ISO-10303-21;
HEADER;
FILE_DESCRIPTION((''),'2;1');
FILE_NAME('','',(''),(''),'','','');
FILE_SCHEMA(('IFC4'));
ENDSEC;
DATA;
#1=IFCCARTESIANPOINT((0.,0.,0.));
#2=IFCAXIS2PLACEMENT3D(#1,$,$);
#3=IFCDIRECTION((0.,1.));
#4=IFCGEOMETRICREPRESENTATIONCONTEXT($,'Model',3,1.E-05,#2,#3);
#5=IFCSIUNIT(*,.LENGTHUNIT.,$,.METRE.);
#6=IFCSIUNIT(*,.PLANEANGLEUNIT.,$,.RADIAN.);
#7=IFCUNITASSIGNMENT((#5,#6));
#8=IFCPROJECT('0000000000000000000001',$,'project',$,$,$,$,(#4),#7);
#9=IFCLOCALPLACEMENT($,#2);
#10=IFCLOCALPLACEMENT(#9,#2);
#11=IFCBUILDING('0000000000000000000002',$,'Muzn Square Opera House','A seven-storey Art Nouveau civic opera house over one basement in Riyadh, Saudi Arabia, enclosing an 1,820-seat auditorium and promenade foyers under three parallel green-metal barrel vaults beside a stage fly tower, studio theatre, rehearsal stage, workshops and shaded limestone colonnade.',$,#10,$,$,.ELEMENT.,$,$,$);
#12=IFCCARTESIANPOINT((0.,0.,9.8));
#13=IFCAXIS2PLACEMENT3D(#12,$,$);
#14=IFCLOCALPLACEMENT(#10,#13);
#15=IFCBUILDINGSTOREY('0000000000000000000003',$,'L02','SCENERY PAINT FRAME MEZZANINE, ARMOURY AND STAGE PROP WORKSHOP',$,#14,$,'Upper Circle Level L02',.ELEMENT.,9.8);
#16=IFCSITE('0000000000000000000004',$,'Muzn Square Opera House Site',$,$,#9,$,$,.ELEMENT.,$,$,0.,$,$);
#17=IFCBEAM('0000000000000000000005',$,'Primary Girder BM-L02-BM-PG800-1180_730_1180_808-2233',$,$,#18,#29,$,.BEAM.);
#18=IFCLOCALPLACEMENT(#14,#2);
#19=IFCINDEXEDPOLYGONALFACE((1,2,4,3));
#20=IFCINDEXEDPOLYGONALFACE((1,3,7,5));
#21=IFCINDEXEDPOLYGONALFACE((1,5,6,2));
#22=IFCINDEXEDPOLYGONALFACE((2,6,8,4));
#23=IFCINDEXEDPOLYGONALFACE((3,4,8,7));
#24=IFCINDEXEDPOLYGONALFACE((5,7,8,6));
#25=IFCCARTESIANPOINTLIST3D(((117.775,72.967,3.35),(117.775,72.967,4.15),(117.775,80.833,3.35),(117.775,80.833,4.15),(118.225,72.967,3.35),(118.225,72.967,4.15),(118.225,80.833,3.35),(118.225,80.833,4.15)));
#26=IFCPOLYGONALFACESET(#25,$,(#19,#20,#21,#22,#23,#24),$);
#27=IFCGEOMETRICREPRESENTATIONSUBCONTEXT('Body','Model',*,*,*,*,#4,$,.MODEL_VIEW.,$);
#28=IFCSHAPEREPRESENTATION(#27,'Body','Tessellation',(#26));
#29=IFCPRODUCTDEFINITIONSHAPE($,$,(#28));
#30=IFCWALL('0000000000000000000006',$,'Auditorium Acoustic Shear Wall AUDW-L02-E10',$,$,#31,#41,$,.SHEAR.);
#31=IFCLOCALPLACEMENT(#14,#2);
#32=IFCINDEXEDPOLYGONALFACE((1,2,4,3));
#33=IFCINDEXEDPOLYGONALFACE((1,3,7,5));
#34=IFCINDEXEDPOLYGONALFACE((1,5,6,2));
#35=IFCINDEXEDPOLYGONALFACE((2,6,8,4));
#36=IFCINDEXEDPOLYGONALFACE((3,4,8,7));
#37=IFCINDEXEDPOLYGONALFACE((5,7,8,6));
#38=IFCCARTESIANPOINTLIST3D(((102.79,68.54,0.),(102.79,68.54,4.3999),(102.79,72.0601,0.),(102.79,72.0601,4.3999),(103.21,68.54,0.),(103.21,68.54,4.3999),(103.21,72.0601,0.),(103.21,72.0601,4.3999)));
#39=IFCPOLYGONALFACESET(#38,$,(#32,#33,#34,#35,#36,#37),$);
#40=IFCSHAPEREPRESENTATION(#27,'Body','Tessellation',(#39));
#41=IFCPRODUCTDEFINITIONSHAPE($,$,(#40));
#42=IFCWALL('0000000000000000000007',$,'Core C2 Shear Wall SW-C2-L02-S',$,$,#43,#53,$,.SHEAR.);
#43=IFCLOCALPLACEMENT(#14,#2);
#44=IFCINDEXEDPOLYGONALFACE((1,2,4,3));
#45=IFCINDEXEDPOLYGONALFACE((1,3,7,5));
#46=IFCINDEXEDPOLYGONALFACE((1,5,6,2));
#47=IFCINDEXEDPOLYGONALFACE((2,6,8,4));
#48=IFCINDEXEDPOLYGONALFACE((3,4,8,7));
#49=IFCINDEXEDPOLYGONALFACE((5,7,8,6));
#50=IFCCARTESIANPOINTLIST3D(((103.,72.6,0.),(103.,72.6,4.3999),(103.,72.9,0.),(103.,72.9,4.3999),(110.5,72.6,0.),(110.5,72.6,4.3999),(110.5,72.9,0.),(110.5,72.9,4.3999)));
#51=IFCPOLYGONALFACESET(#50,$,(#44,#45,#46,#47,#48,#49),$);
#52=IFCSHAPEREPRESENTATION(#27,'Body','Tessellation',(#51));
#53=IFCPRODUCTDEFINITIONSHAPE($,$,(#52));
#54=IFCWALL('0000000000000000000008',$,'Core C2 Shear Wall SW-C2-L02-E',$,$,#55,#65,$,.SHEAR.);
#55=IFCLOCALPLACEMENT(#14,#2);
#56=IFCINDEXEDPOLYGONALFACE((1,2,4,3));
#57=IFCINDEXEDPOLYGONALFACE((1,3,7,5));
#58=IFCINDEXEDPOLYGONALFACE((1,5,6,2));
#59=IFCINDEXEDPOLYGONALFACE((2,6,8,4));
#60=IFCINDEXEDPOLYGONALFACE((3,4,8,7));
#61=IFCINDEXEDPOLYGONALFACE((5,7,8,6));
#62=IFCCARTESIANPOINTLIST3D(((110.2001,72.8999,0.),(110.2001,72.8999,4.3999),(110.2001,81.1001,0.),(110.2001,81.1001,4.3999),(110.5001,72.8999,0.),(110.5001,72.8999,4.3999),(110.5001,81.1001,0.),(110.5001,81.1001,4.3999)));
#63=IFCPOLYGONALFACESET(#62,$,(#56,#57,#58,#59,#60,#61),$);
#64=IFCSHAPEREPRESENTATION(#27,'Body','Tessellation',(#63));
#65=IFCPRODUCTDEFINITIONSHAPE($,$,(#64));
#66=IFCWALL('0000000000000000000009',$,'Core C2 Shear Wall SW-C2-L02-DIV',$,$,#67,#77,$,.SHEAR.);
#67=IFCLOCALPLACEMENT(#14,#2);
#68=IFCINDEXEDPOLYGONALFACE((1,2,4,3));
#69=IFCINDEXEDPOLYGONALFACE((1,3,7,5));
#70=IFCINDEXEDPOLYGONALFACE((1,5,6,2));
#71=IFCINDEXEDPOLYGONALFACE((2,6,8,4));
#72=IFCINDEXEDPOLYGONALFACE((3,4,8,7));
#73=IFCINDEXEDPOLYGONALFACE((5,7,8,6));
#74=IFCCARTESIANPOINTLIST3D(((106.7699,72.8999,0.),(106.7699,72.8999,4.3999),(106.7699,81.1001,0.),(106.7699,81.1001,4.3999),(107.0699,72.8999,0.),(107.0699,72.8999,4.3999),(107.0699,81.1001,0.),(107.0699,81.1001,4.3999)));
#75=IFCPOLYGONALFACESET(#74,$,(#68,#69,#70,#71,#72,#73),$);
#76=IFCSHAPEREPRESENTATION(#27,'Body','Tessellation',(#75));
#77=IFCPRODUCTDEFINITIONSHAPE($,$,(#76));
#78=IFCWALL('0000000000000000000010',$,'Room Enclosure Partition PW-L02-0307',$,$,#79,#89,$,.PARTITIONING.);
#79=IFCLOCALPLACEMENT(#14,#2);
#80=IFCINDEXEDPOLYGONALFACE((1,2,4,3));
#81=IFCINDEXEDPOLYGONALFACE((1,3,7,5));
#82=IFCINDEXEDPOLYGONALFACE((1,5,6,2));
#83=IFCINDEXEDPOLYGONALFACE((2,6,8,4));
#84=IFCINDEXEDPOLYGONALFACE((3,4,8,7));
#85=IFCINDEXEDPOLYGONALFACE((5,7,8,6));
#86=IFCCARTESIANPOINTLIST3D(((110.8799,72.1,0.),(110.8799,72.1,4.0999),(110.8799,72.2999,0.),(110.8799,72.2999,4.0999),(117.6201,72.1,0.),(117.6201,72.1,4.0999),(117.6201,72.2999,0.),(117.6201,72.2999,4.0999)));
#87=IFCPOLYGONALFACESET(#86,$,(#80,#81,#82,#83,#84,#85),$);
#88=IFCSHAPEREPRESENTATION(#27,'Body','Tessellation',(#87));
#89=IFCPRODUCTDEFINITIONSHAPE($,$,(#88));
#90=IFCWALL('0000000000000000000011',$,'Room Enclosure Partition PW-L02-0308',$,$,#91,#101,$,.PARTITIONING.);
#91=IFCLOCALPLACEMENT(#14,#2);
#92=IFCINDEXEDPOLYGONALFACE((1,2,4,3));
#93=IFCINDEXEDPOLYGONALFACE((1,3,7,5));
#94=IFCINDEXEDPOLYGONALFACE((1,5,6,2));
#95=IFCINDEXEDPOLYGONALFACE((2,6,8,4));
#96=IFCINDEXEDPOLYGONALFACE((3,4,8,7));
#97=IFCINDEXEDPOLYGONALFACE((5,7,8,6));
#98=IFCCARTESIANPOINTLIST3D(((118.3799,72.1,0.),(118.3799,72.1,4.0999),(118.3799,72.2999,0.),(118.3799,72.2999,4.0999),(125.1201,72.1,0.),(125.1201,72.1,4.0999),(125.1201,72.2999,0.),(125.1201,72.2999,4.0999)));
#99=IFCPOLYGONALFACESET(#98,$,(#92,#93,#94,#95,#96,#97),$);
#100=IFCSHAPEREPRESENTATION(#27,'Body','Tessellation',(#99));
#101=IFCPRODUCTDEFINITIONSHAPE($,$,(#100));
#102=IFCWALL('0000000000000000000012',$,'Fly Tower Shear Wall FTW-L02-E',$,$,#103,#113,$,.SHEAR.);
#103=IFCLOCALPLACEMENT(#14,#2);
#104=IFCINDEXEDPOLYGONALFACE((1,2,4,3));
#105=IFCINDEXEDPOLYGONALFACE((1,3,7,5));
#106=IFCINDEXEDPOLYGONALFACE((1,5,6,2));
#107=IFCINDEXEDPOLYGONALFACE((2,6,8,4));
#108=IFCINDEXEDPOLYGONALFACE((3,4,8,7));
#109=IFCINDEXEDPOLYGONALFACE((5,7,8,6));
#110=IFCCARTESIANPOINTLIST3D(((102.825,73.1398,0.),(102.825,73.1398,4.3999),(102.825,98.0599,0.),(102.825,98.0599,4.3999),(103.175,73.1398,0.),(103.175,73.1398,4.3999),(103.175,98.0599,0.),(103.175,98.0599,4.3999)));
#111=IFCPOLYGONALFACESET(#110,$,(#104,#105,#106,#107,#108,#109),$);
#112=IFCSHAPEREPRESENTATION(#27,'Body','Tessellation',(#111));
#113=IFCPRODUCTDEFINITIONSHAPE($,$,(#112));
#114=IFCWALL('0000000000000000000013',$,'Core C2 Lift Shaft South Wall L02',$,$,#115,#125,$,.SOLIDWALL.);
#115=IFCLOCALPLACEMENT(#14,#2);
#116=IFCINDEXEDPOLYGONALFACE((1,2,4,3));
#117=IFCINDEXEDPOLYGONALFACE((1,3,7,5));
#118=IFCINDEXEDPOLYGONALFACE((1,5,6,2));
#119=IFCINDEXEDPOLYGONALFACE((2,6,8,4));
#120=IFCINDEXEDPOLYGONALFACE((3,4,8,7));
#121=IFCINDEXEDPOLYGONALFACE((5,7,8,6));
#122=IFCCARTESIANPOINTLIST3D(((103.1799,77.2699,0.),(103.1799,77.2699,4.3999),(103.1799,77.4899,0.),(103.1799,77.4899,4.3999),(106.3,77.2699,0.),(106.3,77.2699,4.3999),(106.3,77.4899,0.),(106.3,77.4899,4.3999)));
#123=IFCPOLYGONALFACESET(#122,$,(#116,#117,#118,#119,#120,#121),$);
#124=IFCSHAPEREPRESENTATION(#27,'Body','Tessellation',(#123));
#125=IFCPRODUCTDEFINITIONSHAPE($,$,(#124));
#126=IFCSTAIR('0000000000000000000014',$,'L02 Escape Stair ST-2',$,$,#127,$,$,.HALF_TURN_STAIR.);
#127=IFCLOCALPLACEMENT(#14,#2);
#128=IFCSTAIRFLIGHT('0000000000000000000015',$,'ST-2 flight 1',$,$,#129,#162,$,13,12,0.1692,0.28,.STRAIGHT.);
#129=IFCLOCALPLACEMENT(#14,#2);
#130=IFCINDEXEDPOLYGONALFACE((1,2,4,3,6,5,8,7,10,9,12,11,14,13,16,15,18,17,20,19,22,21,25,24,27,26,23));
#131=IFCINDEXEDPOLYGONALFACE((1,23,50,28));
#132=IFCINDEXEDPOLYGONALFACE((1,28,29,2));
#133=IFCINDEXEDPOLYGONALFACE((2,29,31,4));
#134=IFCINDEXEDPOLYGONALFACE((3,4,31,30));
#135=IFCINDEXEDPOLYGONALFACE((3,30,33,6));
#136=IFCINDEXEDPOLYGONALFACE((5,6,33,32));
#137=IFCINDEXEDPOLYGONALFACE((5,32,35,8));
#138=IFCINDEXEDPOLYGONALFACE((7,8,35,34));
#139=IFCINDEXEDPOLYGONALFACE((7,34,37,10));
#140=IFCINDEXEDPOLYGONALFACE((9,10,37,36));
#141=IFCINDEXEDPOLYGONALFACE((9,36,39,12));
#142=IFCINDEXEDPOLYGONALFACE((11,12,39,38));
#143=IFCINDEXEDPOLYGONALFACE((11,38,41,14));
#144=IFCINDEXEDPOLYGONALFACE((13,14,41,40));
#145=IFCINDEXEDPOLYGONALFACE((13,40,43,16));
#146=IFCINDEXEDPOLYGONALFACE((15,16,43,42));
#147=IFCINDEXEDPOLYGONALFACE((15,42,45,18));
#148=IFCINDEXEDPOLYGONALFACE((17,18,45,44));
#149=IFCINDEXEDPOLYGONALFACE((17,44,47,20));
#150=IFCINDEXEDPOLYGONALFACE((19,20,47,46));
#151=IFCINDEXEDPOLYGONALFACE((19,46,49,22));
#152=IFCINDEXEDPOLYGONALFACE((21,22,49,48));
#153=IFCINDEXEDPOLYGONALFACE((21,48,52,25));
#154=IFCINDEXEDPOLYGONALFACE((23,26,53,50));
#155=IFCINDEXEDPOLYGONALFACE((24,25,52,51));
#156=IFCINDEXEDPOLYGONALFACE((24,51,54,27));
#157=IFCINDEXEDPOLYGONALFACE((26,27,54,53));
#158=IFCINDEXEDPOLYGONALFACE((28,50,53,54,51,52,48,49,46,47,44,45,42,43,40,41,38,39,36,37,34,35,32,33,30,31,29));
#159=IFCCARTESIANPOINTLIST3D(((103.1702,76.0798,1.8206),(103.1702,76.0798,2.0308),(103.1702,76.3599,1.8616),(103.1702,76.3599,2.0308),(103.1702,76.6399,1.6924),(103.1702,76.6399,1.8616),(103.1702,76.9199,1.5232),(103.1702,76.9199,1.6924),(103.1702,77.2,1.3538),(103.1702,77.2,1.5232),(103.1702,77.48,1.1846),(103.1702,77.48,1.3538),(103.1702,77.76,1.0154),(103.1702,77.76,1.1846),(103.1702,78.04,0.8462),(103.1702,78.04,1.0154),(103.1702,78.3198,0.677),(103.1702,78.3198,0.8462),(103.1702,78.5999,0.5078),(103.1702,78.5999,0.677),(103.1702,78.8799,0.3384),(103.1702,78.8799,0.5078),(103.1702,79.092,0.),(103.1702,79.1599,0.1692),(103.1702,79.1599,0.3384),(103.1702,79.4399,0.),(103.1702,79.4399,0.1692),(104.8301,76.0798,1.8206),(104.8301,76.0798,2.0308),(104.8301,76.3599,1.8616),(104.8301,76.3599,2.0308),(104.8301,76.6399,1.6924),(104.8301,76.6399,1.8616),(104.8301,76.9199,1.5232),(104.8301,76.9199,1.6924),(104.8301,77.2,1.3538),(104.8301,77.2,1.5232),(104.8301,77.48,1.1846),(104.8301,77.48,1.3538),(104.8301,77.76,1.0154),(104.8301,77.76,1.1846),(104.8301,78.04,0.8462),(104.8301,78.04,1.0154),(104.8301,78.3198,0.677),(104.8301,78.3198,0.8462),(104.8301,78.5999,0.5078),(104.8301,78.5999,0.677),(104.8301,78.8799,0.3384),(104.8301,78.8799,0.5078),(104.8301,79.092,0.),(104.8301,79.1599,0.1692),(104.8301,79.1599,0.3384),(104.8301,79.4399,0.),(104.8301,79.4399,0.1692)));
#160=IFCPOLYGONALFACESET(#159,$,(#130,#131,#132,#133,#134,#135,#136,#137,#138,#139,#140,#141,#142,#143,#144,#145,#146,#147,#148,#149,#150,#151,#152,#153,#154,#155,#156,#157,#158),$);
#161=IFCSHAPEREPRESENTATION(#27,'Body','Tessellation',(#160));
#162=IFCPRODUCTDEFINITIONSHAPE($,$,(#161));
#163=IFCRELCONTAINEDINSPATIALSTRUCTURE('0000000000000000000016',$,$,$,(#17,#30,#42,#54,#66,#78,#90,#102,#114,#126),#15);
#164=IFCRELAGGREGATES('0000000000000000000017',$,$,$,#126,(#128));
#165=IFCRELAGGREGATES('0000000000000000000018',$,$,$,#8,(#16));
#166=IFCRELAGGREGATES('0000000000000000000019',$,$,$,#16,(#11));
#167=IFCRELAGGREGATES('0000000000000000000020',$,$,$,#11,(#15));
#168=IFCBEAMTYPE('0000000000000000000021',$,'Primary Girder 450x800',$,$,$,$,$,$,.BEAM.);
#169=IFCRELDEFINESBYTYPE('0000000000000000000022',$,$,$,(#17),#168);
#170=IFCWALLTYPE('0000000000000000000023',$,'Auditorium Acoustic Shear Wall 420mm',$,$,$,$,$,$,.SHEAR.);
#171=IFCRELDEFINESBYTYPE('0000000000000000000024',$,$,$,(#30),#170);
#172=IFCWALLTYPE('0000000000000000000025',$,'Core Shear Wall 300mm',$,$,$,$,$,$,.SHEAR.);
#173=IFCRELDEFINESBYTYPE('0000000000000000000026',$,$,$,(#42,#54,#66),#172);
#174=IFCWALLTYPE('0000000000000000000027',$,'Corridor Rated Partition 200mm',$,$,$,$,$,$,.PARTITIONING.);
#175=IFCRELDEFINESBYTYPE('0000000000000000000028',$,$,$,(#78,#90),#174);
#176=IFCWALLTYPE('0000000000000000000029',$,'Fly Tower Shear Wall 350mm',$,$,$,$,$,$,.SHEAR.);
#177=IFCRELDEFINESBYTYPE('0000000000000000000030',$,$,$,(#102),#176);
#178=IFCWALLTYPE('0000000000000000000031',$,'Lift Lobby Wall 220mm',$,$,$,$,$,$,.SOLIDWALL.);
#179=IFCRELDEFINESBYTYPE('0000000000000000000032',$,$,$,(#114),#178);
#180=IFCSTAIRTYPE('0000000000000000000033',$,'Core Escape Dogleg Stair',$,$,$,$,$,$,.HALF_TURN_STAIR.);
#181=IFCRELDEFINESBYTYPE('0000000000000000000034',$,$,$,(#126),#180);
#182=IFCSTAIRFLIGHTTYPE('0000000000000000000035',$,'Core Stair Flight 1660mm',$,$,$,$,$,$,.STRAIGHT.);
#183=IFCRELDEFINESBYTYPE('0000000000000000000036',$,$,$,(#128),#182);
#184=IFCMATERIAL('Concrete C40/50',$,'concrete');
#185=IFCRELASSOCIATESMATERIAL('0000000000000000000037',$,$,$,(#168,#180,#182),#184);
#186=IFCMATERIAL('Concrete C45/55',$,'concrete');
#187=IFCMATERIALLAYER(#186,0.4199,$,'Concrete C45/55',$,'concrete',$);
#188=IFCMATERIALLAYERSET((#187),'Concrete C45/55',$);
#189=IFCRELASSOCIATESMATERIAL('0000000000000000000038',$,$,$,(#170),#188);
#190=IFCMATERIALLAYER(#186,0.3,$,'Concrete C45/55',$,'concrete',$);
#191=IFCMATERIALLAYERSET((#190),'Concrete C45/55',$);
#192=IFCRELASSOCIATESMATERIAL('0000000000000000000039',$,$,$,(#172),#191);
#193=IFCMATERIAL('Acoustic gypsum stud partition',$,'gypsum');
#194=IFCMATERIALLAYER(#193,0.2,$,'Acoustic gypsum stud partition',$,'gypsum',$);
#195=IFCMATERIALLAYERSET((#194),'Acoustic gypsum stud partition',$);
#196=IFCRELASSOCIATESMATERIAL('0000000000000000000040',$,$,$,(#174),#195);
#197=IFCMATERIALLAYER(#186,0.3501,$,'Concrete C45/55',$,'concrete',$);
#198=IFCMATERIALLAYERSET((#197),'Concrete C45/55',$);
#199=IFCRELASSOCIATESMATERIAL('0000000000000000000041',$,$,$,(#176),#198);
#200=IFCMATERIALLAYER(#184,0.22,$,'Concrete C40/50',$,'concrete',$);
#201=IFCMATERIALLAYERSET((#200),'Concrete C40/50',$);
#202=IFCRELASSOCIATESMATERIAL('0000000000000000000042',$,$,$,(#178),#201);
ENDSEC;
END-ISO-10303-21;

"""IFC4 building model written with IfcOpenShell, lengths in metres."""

from ifc_helpers import new_model, si_unit, direction, frame, frame_2d, origin, origin_2d, place, context, subcontext, project, spatial, polyline, rectangle, outline, extrude, material, layer, layer_set, material_profile, profile_set, type_object, element, aggregate, save


model = new_model("IFC4")

# Units and contexts
model_context = context("Model", 3, precision=1e-05, world=origin(), true_north=direction((0.0, 1.0)))
body_context = subcontext(model_context, "Body", "Model", "MODEL_VIEW")
ifc_project = project(units=[si_unit("LENGTHUNIT", "METRE"), si_unit("PLANEANGLEUNIT", "RADIAN")], contexts=[model_context])

# Site, building, storey
site_placement = place(None, origin())
site = spatial("IfcSite", under=ifc_project, at=site_placement, Name="Muzn Square Opera House Site", CompositionType="ELEMENT", RefElevation=0.0)
building_placement = place(site_placement, origin())
building = spatial("IfcBuilding", under=site, at=building_placement, Name="Muzn Square Opera House", Description="A seven-storey Art Nouveau civic opera house over one basement in Riyadh, Saudi Arabia, enclosing an 1,820-seat auditorium and promenade foyers under three parallel green-metal barrel vaults beside a stage fly tower, studio theatre, rehearsal stage, workshops and shaded limestone colonnade.", CompositionType="ELEMENT")
storey_placement = place(building_placement, frame((0.0, 0.0, 9.8)))
storey = spatial("IfcBuildingStorey", under=building, at=storey_placement, Name="L02", Description="SCENERY PAINT FRAME MEZZANINE, ARMOURY AND STAGE PROP WORKSHOP", LongName="Upper Circle Level L02", CompositionType="ELEMENT", Elevation=9.8)

# Shared definitions
ifc_material_1 = material(Name="Concrete C45/55", Category="concrete")

# Beam
ifc_material_2 = material(Name="Concrete C40/50", Category="concrete")
ifc_material_profile_1 = material_profile(ifc_material_2, rectangle(XDim=0.45, YDim=0.8, at=origin_2d()), Name="RCB 450x800", Category="concrete")
ifc_profile_set_1 = profile_set([ifc_material_profile_1], Name="Concrete C40/50")
beam_type_1 = type_object("IfcBeamType", Name="Primary Girder 450x800", PredefinedType="BEAM", material=ifc_profile_set_1)
for number, where, z_axis, x_axis, name in (
    (1, (118.0, 72.967, 3.75), (0.0, 1.0, 0.0), (-1.0, 0.0, 0.0), "Primary Girder BM-L02-BM-PG800-1180_730_1180_808-2233"),
):
    element("IfcBeam", number, at=place(storey_placement, frame(where, z_axis=z_axis, x_axis=x_axis)), inside=storey, type_object=beam_type_1, Name=name, PredefinedType="BEAM", context=body_context, shape_type="SweptSolid", body=[
        extrude(rectangle(XDim=0.45, YDim=0.8, at=origin_2d()), origin(), (0.0, 0.0, 1.0), 7.866),
    ])

# Walls
ifc_layer_1 = layer(ifc_material_1, 0.4199, Name="Concrete C45/55", Category="concrete")
ifc_layer_set_1 = layer_set([ifc_layer_1], Name="Concrete C45/55")
wall_type_1 = type_object("IfcWallType", Name="Auditorium Acoustic Shear Wall 420mm", PredefinedType="SHEAR", material=ifc_layer_set_1)
wall_1_placement = place(storey_placement, frame((103.0, 68.54, 0.0), z_axis=(0.0, 0.0, 1.0), x_axis=(0.0, 1.0, 0.0)))
element("IfcWall", 2, at=wall_1_placement, inside=storey, type_object=wall_type_1, Name="Auditorium Acoustic Shear Wall AUDW-L02-E10", PredefinedType="SHEAR", context=body_context, shape_type="SweptSolid", body=[
    extrude(rectangle(XDim=3.52, YDim=0.4199, at=frame_2d((1.76, 0.0))), origin(), (0.0, 0.0, 1.0), 4.3999),
])
ifc_layer_2 = layer(ifc_material_1, 0.3, Name="Concrete C45/55", Category="concrete")
ifc_layer_set_2 = layer_set([ifc_layer_2], Name="Concrete C45/55")
wall_type_2 = type_object("IfcWallType", Name="Core Shear Wall 300mm", PredefinedType="SHEAR", material=ifc_layer_set_2)
wall_2_placement = place(storey_placement, frame((103.0, 72.75, 0.0), z_axis=(0.0, 0.0, 1.0), x_axis=(1.0, 0.0, 0.0)))
element("IfcWall", 3, at=wall_2_placement, inside=storey, type_object=wall_type_2, Name="Core C2 Shear Wall SW-C2-L02-S", PredefinedType="SHEAR", context=body_context, shape_type="SweptSolid", body=[
    extrude(rectangle(XDim=7.5, YDim=0.3, at=frame_2d((3.75, 0.0))), origin(), (0.0, 0.0, 1.0), 4.3999),
])
for number, where, z_axis, x_axis, name in (
    (4, (110.3501, 72.8999, 0.0), (0.0, 0.0, 1.0), (0.0, 1.0, 0.0), "Core C2 Shear Wall SW-C2-L02-E"),
    (5, (106.9199, 72.8999, 0.0), (0.0, 0.0, 1.0), (0.0, 1.0, 0.0), "Core C2 Shear Wall SW-C2-L02-DIV"),
):
    element("IfcWall", number, at=place(storey_placement, frame(where, z_axis=z_axis, x_axis=x_axis)), inside=storey, type_object=wall_type_2, Name=name, PredefinedType="SHEAR", context=body_context, shape_type="SweptSolid", body=[
        extrude(rectangle(XDim=8.2002, YDim=0.3, at=frame_2d((4.1001, 0.0))), origin(), (0.0, 0.0, 1.0), 4.3999),
    ])
ifc_material_3 = material(Name="Acoustic gypsum stud partition", Category="gypsum")
ifc_layer_3 = layer(ifc_material_3, 0.2, Name="Acoustic gypsum stud partition", Category="gypsum")
ifc_layer_set_3 = layer_set([ifc_layer_3], Name="Acoustic gypsum stud partition")
wall_type_3 = type_object("IfcWallType", Name="Corridor Rated Partition 200mm", PredefinedType="PARTITIONING", material=ifc_layer_set_3)
for number, where, z_axis, x_axis, name in (
    (6, (110.8799, 72.2, 0.0), (0.0, 0.0, 1.0), (1.0, 0.0, 0.0), "Room Enclosure Partition PW-L02-0307"),
    (7, (118.3799, 72.2, 0.0), (0.0, 0.0, 1.0), (1.0, 0.0, 0.0), "Room Enclosure Partition PW-L02-0308"),
):
    element("IfcWall", number, at=place(storey_placement, frame(where, z_axis=z_axis, x_axis=x_axis)), inside=storey, type_object=wall_type_3, Name=name, PredefinedType="PARTITIONING", context=body_context, shape_type="SweptSolid", body=[
        extrude(rectangle(XDim=6.7402, YDim=0.2, at=frame_2d((3.3701, 0.0))), origin(), (0.0, 0.0, 1.0), 4.0999),
    ])
ifc_layer_4 = layer(ifc_material_1, 0.3501, Name="Concrete C45/55", Category="concrete")
ifc_layer_set_4 = layer_set([ifc_layer_4], Name="Concrete C45/55")
wall_type_4 = type_object("IfcWallType", Name="Fly Tower Shear Wall 350mm", PredefinedType="SHEAR", material=ifc_layer_set_4)
wall_3_placement = place(storey_placement, frame((103.0, 73.1399, 0.0), z_axis=(0.0, 0.0, 1.0), x_axis=(0.0, 1.0, 0.0)))
element("IfcWall", 8, at=wall_3_placement, inside=storey, type_object=wall_type_4, Name="Fly Tower Shear Wall FTW-L02-E", PredefinedType="SHEAR", context=body_context, shape_type="SweptSolid", body=[
    extrude(rectangle(XDim=24.9202, YDim=0.3501, at=frame_2d((12.46, 0.0))), origin(), (0.0, 0.0, 1.0), 4.3999),
])
ifc_layer_5 = layer(ifc_material_2, 0.22, Name="Concrete C40/50", Category="concrete")
ifc_layer_set_5 = layer_set([ifc_layer_5], Name="Concrete C40/50")
wall_type_5 = type_object("IfcWallType", Name="Lift Lobby Wall 220mm", PredefinedType="SOLIDWALL", material=ifc_layer_set_5)
wall_4_placement = place(storey_placement, frame((103.1799, 77.3799, 0.0), z_axis=(0.0, 0.0, 1.0), x_axis=(1.0, 0.0, 0.0)))
element("IfcWall", 9, at=wall_4_placement, inside=storey, type_object=wall_type_5, Name="Core C2 Lift Shaft South Wall L02", PredefinedType="SOLIDWALL", context=body_context, shape_type="SweptSolid", body=[
    extrude(rectangle(XDim=3.1201, YDim=0.22, at=frame_2d((1.5601, 0.0))), origin(), (0.0, 0.0, 1.0), 4.3999),
])

# Stair, stair flight
stair_type = type_object("IfcStairType", Name="Core Escape Dogleg Stair", PredefinedType="HALF_TURN_STAIR", material=ifc_material_2)
stair_placement = place(storey_placement, origin())
stair = element("IfcStair", 10, at=stair_placement, inside=storey, type_object=stair_type, Name="L02 Escape Stair ST-2", PredefinedType="HALF_TURN_STAIR")
stair_flight_type = type_object("IfcStairFlightType", Name="Core Stair Flight 1660mm", PredefinedType="STRAIGHT", material=ifc_material_2)
stair_flight_1_placement = place(storey_placement, frame((104.0, 79.4399, 0.0), z_axis=(0.0, 0.0, 1.0), x_axis=(0.0, -1.0, 0.0)))
stair_flight_1 = element("IfcStairFlight", 11, at=stair_flight_1_placement, type_object=stair_flight_type, Name="ST-2 flight 1", NumberOfRisers=13, NumberOfTreads=12, PredefinedType="STRAIGHT", RiserHeight=0.1692, TreadLength=0.28, context=body_context, shape_type="SweptSolid", body=[
    extrude(outline(polyline([(0.0, 0.0), (0.0, 0.1692), (0.28, 0.1692), (0.28, 0.3384), (0.5601, 0.3384), (0.5601, 0.5078), (0.8401, 0.5078), (0.8401, 0.677), (1.1201, 0.677), (1.1201, 0.8462), (1.3999, 0.8462), (1.3999, 1.0154), (1.6799, 1.0154), (1.6799, 1.1846), (1.96, 1.1846), (1.96, 1.3538), (2.24, 1.3538), (2.24, 1.5232), (2.52, 1.5232), (2.52, 1.6924), (2.8, 1.6924), (2.8, 1.8616), (3.0801, 1.8616), (3.0801, 2.0308), (3.3601, 2.0308), (3.3601, 2.2), (3.3601, 1.8206), (0.3479, 0.0), (0.0, 0.0)])), frame((0.0, 0.8301, 0.0), z_axis=(0.0, -1.0, 0.0), x_axis=(1.0, 0.0, 0.0)), (0.0, 0.0, 1.0), 1.6599),
])
aggregate(stair, [stair_flight_1])

save(model, "model.ifc")
